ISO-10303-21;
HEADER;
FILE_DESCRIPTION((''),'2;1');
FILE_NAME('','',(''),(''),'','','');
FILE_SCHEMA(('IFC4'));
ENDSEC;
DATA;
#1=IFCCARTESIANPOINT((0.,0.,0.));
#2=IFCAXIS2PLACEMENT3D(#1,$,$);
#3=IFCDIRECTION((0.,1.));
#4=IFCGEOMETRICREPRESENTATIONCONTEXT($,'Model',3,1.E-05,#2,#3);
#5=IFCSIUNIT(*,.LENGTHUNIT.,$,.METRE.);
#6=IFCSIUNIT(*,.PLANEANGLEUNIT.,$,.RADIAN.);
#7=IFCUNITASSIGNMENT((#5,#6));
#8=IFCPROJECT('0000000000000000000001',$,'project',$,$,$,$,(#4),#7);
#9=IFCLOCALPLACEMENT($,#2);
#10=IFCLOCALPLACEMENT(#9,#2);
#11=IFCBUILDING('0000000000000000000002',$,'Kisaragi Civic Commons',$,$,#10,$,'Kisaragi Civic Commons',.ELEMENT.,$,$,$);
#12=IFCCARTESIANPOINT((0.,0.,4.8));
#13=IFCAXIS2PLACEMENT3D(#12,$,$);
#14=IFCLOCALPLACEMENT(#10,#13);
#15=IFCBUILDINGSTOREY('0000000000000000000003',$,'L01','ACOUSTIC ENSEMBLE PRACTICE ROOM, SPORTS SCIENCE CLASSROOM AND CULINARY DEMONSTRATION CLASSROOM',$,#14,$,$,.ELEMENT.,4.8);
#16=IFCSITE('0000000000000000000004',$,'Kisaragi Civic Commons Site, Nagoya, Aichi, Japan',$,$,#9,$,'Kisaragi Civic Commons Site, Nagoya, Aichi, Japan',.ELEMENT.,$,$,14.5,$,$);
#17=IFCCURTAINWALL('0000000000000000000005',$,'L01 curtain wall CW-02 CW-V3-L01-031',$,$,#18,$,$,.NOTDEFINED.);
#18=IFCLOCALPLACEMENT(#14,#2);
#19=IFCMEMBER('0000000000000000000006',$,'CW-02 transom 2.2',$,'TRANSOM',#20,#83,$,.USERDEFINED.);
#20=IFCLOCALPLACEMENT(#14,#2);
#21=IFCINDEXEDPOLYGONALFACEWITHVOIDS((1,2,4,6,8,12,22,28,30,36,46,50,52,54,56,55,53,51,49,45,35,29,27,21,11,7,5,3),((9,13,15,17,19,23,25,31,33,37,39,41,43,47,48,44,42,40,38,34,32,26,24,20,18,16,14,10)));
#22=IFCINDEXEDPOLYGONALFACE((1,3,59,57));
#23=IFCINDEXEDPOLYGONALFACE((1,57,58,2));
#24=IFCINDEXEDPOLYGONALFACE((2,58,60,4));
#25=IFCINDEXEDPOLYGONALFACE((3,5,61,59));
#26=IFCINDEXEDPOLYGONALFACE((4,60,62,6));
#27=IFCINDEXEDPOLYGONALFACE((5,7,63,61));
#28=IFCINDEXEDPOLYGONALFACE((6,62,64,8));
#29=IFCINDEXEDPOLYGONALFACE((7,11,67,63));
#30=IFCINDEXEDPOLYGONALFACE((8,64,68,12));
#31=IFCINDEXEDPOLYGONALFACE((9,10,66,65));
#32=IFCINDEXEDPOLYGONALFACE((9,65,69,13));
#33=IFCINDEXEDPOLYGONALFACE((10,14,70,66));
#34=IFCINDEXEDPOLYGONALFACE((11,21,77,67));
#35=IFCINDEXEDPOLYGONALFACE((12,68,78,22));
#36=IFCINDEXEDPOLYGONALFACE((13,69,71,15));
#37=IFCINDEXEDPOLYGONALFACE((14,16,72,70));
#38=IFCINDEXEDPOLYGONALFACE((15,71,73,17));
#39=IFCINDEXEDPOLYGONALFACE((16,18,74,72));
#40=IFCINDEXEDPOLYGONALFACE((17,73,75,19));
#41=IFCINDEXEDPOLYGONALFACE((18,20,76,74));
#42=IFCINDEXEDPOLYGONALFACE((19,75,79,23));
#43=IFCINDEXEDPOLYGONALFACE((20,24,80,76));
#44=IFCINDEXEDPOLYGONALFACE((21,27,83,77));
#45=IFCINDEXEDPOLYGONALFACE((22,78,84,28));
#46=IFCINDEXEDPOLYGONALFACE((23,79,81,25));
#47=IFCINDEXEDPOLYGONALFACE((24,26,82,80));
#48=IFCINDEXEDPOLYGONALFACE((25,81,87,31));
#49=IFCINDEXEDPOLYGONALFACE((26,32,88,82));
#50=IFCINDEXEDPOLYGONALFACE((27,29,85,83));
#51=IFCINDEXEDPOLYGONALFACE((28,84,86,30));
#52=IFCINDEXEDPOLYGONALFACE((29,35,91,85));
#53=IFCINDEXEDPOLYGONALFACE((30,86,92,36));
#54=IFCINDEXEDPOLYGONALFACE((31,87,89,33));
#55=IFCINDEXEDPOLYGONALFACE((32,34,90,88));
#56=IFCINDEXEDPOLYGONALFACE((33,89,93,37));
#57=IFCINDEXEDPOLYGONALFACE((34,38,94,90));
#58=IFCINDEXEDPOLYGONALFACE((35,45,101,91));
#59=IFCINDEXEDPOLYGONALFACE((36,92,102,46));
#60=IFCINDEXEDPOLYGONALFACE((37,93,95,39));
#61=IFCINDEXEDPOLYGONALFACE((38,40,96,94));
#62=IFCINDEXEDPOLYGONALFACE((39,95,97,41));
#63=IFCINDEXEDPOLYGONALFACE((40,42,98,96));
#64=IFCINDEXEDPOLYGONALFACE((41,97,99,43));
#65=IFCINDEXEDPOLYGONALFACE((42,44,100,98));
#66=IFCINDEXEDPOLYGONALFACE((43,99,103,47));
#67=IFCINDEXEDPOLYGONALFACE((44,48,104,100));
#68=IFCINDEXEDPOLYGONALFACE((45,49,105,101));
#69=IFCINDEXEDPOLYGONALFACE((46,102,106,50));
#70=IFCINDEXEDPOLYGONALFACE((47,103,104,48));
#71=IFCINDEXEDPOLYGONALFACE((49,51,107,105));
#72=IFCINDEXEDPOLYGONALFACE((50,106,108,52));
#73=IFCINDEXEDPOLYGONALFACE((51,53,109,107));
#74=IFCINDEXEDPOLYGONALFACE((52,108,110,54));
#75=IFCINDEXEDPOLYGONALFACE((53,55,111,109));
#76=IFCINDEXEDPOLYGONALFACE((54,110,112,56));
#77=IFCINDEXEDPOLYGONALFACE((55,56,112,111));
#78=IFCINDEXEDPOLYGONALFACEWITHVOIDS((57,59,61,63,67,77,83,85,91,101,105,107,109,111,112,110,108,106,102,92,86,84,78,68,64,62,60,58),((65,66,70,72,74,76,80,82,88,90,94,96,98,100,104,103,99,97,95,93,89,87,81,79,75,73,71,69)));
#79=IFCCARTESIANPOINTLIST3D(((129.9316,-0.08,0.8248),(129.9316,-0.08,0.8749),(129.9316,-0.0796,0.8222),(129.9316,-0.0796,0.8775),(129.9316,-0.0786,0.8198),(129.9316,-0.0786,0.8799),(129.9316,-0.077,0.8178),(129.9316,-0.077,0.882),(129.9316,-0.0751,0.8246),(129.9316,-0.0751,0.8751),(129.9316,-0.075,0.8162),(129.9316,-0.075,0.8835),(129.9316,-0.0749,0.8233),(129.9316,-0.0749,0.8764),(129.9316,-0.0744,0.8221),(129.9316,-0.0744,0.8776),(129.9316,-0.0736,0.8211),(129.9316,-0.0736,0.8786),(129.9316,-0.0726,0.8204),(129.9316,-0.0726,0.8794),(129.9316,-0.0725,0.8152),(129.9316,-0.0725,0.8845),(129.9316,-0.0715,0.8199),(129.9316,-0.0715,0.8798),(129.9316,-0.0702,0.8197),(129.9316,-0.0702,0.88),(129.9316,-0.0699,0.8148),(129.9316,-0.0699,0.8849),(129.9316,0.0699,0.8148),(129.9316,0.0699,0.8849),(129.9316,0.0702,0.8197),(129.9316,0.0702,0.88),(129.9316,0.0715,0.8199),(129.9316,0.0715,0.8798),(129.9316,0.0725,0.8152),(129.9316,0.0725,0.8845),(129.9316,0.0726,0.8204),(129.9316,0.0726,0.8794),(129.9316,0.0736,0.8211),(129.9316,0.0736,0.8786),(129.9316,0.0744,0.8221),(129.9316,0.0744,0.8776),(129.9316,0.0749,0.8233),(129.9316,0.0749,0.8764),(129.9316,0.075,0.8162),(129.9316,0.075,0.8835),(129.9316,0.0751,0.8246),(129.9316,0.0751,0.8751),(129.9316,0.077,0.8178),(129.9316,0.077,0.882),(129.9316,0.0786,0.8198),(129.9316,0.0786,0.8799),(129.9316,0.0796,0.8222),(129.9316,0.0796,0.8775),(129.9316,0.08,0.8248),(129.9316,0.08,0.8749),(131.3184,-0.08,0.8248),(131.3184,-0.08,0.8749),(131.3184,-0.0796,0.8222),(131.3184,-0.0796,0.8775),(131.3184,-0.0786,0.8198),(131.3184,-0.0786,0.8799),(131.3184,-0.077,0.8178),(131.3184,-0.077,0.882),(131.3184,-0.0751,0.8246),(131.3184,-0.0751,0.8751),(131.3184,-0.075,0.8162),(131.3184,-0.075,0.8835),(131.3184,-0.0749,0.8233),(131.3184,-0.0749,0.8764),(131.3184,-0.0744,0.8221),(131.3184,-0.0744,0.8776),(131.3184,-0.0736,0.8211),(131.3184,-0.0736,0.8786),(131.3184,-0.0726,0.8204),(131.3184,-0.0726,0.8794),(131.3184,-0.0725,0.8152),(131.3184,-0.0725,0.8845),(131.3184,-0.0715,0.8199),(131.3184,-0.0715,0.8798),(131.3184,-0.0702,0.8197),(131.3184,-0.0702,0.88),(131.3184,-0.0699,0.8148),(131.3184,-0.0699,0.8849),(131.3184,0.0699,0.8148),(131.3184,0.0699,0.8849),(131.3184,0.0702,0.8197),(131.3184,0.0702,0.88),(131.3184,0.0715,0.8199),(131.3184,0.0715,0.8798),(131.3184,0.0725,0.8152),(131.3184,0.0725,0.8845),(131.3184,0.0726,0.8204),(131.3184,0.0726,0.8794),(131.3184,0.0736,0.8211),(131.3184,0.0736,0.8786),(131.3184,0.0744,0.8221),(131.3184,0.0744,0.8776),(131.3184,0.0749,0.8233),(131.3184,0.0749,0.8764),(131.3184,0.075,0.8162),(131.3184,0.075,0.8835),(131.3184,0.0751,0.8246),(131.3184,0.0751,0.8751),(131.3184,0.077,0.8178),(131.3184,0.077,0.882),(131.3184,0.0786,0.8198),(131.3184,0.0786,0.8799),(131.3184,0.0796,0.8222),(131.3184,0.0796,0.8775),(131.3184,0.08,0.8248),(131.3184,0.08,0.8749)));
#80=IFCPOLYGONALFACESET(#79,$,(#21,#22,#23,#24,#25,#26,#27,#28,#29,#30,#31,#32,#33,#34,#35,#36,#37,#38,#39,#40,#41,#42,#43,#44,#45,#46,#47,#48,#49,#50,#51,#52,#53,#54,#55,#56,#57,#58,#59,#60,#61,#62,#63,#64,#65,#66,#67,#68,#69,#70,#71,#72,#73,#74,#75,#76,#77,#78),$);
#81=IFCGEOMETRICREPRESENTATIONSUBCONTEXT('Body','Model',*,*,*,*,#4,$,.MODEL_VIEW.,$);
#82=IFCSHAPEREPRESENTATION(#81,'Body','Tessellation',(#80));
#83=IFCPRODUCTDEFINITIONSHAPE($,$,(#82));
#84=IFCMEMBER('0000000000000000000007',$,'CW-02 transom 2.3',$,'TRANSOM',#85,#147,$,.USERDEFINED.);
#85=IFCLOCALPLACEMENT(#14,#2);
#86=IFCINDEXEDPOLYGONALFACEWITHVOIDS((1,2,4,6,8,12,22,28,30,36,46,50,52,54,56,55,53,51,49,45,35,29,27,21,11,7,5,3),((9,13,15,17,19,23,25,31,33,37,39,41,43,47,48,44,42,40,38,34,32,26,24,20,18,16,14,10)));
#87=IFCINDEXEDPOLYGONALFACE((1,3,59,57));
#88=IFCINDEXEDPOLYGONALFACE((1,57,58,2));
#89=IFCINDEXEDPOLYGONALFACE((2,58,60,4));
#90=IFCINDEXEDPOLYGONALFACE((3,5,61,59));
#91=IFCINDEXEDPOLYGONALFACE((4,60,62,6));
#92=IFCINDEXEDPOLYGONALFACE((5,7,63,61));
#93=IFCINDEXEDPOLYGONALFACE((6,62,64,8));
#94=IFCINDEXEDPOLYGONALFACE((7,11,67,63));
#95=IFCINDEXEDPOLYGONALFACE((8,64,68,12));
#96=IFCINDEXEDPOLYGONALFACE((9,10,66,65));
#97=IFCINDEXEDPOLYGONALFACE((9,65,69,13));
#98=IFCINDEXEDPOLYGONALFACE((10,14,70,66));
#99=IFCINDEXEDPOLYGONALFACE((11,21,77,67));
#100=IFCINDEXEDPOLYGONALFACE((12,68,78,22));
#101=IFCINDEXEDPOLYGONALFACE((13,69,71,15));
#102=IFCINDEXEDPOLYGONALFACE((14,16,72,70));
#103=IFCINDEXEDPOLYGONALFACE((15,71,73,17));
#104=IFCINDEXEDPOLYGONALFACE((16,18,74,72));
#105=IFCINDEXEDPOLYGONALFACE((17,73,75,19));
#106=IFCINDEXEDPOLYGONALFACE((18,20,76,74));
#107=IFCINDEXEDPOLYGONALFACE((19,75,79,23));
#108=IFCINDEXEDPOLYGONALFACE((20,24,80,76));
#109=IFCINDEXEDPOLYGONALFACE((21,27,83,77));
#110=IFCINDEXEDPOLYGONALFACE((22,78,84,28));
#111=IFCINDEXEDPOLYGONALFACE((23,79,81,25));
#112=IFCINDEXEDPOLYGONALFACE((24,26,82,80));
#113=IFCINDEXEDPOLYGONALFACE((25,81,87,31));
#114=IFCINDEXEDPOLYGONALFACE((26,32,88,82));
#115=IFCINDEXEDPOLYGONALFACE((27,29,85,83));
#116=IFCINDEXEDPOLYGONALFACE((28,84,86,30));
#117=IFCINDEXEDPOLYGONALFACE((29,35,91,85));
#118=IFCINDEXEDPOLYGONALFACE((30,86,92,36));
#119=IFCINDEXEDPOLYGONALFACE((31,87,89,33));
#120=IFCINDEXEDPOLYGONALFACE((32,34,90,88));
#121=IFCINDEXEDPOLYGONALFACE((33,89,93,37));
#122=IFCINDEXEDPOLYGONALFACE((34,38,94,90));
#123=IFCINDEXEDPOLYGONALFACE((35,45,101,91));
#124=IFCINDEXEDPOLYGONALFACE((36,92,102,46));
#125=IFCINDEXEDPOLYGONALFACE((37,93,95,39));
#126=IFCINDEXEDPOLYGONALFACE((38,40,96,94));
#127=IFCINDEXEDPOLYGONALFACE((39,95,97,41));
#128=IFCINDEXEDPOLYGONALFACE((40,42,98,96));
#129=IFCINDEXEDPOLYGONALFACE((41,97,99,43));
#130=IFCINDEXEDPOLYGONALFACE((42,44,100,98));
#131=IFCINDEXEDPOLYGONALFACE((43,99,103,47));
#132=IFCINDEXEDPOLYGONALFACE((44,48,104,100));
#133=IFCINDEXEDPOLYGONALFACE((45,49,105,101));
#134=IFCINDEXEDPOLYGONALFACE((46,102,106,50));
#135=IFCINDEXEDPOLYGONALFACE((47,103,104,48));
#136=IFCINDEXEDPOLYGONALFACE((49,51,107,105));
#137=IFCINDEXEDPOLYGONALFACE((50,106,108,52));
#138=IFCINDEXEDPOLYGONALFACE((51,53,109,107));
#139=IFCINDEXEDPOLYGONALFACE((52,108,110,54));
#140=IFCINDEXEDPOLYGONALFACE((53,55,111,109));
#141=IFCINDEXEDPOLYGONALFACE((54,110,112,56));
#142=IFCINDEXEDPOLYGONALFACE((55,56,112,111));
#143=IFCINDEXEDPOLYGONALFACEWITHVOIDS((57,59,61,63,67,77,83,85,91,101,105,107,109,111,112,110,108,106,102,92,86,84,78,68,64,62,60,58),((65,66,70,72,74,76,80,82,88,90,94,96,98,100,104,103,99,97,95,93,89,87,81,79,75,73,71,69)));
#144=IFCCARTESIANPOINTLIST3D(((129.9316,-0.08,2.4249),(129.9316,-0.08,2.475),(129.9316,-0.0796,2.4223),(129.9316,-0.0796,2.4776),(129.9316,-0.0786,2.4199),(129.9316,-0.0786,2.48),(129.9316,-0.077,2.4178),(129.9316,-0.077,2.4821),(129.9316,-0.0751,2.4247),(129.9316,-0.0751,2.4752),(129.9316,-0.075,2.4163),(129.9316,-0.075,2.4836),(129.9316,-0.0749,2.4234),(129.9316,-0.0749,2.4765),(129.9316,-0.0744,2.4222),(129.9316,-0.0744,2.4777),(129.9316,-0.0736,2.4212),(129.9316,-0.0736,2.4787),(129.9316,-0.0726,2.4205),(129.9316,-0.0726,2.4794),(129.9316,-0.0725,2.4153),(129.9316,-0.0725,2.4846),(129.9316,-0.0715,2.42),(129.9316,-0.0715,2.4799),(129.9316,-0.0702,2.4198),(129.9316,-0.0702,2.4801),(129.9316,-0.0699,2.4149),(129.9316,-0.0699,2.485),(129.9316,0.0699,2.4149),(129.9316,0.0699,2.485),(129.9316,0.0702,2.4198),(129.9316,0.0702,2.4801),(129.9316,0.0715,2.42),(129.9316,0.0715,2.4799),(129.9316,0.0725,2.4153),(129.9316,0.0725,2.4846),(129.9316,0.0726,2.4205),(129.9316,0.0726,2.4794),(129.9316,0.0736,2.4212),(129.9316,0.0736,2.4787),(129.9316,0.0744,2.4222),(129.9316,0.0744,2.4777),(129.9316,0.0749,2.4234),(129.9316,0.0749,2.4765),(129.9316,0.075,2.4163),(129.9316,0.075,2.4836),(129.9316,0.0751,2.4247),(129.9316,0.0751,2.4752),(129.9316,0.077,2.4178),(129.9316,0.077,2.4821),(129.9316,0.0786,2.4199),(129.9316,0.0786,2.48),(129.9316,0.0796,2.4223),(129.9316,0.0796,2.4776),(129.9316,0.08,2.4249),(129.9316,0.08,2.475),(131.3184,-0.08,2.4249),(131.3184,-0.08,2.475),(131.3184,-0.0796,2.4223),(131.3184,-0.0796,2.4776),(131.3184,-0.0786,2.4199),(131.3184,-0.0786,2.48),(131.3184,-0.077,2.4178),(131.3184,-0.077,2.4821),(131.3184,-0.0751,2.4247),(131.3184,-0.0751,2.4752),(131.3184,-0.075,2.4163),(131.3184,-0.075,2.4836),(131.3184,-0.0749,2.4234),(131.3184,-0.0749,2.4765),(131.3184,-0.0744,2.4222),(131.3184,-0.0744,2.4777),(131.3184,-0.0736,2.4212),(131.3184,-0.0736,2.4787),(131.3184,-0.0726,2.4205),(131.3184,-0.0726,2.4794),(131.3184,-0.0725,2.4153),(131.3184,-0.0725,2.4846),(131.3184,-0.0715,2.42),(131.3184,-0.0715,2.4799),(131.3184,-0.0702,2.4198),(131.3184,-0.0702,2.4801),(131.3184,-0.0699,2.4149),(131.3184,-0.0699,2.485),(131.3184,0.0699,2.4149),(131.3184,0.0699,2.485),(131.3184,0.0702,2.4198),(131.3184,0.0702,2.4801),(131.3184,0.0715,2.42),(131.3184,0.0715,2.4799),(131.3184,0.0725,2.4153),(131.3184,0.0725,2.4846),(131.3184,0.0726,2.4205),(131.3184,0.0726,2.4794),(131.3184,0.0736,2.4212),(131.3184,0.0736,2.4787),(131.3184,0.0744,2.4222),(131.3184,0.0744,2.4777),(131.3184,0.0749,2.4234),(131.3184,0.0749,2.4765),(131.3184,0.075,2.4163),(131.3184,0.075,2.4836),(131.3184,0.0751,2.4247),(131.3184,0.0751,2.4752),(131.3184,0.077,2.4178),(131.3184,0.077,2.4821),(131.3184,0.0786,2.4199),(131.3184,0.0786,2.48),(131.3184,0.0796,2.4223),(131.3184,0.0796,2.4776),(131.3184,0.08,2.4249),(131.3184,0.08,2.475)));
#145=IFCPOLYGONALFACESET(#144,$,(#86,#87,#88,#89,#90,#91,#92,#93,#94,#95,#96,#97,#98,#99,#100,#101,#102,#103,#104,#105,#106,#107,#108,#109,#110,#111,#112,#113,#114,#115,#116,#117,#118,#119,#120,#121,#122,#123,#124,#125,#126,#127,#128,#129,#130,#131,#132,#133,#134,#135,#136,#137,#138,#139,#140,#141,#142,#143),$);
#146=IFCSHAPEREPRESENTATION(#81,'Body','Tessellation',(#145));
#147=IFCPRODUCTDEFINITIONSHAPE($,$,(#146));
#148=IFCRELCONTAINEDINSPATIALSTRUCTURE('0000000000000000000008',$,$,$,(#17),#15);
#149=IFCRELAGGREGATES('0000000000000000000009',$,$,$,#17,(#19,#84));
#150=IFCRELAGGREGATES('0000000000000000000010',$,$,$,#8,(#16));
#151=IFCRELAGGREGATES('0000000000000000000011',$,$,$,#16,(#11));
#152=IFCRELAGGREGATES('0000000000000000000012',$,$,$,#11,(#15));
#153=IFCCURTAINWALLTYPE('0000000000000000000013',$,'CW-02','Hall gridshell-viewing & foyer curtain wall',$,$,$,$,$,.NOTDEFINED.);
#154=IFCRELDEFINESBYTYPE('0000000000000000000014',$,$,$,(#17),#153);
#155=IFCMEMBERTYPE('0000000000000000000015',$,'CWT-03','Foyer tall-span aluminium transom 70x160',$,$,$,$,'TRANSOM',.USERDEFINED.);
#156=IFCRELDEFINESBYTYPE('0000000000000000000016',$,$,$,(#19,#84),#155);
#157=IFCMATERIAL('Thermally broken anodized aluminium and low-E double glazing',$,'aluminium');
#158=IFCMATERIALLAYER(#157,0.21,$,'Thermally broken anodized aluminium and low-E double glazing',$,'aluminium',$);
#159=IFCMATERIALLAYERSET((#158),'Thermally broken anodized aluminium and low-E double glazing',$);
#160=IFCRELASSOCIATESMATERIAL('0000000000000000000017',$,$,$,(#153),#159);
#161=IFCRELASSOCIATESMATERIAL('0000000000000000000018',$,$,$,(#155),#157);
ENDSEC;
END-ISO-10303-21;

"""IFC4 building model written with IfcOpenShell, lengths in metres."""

from ifc_helpers import new_model, si_unit, direction, frame, origin, origin_2d, place, context, subcontext, project, spatial, hollow_rectangle, extrude, material, layer, layer_set, material_profile, profile_set, type_object, element, aggregate, save


model = new_model("IFC4")

# Units and contexts
model_context = context("Model", 3, precision=1e-05, world=origin(), true_north=direction((0.0, 1.0)))
body_context = subcontext(model_context, "Body", "Model", "MODEL_VIEW")
ifc_project = project(units=[si_unit("LENGTHUNIT", "METRE"), si_unit("PLANEANGLEUNIT", "RADIAN")], contexts=[model_context])

# Site, building, storey
site_placement = place(None, origin())
site = spatial("IfcSite", under=ifc_project, at=site_placement, Name="Kisaragi Civic Commons Site, Nagoya, Aichi, Japan", LongName="Kisaragi Civic Commons Site, Nagoya, Aichi, Japan", CompositionType="ELEMENT", RefElevation=14.5)
building_placement = place(site_placement, origin())
building = spatial("IfcBuilding", under=site, at=building_placement, Name="Kisaragi Civic Commons", LongName="Kisaragi Civic Commons", CompositionType="ELEMENT")
storey_placement = place(building_placement, frame((0.0, 0.0, 4.8)))
storey = spatial("IfcBuildingStorey", under=building, at=storey_placement, Name="L01", Description="ACOUSTIC ENSEMBLE PRACTICE ROOM, SPORTS SCIENCE CLASSROOM AND CULINARY DEMONSTRATION CLASSROOM", CompositionType="ELEMENT", Elevation=4.8)

# Curtain wall
ifc_material_1 = material(Name="Thermally broken anodized aluminium and low-E double glazing", Category="aluminium")
ifc_layer_1 = layer(ifc_material_1, 0.21, Name="Thermally broken anodized aluminium and low-E double glazing", Category="aluminium")
ifc_layer_set_1 = layer_set([ifc_layer_1], Name="Thermally broken anodized aluminium and low-E double glazing")
curtain_wall_type = type_object("IfcCurtainWallType", Name="CW-02", Description="Hall gridshell-viewing & foyer curtain wall", PredefinedType="NOTDEFINED", material=ifc_layer_set_1)
curtain_wall_1_placement = place(storey_placement, origin())
curtain_wall_1 = element("IfcCurtainWall", 1, at=curtain_wall_1_placement, inside=storey, type_object=curtain_wall_type, Name="L01 curtain wall CW-02 CW-V3-L01-031", PredefinedType="NOTDEFINED")

# Members
ifc_material_profile_1 = material_profile(ifc_material_1, hollow_rectangle(XDim=0.1599, YDim=0.0701, WallThickness=0.0049, InnerFilletRadius=0.0049, OuterFilletRadius=0.01, at=origin_2d()), Name="CWT-70x160x5", Category="aluminium")
ifc_profile_set_1 = profile_set([ifc_material_profile_1], Name="Thermally broken anodized aluminium and low-E double glazing")
member_type_1 = type_object("IfcMemberType", Name="CWT-03", Description="Foyer tall-span aluminium transom 70x160", ElementType="TRANSOM", PredefinedType="USERDEFINED", material=ifc_profile_set_1)
member_1_placement = place(storey_placement, frame((131.3184, 0.0, 0.8499), z_axis=(-1.0, 0.0, 0.0), x_axis=(0.0, -1.0, 0.0)))
member_1 = element("IfcMember", 2, at=member_1_placement, type_object=member_type_1, Name="CW-02 transom 2.2", ObjectType="TRANSOM", PredefinedType="USERDEFINED", context=body_context, shape_type="SweptSolid", body=[
    extrude(hollow_rectangle(XDim=0.1599, YDim=0.0701, WallThickness=0.0049, InnerFilletRadius=0.0049, OuterFilletRadius=0.01, at=origin_2d()), origin(), (0.0, 0.0, 1.0), 1.3867),
])
member_2_placement = place(storey_placement, frame((131.3184, 0.0, 2.45), z_axis=(-1.0, 0.0, 0.0), x_axis=(0.0, -1.0, 0.0)))
member_2 = element("IfcMember", 3, at=member_2_placement, type_object=member_type_1, Name="CW-02 transom 2.3", ObjectType="TRANSOM", PredefinedType="USERDEFINED", context=body_context, shape_type="SweptSolid", body=[
    extrude(hollow_rectangle(XDim=0.1599, YDim=0.0701, WallThickness=0.0049, InnerFilletRadius=0.0049, OuterFilletRadius=0.01, at=origin_2d()), origin(), (0.0, 0.0, 1.0), 1.3867),
])

aggregate(curtain_wall_1, [member_1, member_2])

save(model, "model.ifc")
